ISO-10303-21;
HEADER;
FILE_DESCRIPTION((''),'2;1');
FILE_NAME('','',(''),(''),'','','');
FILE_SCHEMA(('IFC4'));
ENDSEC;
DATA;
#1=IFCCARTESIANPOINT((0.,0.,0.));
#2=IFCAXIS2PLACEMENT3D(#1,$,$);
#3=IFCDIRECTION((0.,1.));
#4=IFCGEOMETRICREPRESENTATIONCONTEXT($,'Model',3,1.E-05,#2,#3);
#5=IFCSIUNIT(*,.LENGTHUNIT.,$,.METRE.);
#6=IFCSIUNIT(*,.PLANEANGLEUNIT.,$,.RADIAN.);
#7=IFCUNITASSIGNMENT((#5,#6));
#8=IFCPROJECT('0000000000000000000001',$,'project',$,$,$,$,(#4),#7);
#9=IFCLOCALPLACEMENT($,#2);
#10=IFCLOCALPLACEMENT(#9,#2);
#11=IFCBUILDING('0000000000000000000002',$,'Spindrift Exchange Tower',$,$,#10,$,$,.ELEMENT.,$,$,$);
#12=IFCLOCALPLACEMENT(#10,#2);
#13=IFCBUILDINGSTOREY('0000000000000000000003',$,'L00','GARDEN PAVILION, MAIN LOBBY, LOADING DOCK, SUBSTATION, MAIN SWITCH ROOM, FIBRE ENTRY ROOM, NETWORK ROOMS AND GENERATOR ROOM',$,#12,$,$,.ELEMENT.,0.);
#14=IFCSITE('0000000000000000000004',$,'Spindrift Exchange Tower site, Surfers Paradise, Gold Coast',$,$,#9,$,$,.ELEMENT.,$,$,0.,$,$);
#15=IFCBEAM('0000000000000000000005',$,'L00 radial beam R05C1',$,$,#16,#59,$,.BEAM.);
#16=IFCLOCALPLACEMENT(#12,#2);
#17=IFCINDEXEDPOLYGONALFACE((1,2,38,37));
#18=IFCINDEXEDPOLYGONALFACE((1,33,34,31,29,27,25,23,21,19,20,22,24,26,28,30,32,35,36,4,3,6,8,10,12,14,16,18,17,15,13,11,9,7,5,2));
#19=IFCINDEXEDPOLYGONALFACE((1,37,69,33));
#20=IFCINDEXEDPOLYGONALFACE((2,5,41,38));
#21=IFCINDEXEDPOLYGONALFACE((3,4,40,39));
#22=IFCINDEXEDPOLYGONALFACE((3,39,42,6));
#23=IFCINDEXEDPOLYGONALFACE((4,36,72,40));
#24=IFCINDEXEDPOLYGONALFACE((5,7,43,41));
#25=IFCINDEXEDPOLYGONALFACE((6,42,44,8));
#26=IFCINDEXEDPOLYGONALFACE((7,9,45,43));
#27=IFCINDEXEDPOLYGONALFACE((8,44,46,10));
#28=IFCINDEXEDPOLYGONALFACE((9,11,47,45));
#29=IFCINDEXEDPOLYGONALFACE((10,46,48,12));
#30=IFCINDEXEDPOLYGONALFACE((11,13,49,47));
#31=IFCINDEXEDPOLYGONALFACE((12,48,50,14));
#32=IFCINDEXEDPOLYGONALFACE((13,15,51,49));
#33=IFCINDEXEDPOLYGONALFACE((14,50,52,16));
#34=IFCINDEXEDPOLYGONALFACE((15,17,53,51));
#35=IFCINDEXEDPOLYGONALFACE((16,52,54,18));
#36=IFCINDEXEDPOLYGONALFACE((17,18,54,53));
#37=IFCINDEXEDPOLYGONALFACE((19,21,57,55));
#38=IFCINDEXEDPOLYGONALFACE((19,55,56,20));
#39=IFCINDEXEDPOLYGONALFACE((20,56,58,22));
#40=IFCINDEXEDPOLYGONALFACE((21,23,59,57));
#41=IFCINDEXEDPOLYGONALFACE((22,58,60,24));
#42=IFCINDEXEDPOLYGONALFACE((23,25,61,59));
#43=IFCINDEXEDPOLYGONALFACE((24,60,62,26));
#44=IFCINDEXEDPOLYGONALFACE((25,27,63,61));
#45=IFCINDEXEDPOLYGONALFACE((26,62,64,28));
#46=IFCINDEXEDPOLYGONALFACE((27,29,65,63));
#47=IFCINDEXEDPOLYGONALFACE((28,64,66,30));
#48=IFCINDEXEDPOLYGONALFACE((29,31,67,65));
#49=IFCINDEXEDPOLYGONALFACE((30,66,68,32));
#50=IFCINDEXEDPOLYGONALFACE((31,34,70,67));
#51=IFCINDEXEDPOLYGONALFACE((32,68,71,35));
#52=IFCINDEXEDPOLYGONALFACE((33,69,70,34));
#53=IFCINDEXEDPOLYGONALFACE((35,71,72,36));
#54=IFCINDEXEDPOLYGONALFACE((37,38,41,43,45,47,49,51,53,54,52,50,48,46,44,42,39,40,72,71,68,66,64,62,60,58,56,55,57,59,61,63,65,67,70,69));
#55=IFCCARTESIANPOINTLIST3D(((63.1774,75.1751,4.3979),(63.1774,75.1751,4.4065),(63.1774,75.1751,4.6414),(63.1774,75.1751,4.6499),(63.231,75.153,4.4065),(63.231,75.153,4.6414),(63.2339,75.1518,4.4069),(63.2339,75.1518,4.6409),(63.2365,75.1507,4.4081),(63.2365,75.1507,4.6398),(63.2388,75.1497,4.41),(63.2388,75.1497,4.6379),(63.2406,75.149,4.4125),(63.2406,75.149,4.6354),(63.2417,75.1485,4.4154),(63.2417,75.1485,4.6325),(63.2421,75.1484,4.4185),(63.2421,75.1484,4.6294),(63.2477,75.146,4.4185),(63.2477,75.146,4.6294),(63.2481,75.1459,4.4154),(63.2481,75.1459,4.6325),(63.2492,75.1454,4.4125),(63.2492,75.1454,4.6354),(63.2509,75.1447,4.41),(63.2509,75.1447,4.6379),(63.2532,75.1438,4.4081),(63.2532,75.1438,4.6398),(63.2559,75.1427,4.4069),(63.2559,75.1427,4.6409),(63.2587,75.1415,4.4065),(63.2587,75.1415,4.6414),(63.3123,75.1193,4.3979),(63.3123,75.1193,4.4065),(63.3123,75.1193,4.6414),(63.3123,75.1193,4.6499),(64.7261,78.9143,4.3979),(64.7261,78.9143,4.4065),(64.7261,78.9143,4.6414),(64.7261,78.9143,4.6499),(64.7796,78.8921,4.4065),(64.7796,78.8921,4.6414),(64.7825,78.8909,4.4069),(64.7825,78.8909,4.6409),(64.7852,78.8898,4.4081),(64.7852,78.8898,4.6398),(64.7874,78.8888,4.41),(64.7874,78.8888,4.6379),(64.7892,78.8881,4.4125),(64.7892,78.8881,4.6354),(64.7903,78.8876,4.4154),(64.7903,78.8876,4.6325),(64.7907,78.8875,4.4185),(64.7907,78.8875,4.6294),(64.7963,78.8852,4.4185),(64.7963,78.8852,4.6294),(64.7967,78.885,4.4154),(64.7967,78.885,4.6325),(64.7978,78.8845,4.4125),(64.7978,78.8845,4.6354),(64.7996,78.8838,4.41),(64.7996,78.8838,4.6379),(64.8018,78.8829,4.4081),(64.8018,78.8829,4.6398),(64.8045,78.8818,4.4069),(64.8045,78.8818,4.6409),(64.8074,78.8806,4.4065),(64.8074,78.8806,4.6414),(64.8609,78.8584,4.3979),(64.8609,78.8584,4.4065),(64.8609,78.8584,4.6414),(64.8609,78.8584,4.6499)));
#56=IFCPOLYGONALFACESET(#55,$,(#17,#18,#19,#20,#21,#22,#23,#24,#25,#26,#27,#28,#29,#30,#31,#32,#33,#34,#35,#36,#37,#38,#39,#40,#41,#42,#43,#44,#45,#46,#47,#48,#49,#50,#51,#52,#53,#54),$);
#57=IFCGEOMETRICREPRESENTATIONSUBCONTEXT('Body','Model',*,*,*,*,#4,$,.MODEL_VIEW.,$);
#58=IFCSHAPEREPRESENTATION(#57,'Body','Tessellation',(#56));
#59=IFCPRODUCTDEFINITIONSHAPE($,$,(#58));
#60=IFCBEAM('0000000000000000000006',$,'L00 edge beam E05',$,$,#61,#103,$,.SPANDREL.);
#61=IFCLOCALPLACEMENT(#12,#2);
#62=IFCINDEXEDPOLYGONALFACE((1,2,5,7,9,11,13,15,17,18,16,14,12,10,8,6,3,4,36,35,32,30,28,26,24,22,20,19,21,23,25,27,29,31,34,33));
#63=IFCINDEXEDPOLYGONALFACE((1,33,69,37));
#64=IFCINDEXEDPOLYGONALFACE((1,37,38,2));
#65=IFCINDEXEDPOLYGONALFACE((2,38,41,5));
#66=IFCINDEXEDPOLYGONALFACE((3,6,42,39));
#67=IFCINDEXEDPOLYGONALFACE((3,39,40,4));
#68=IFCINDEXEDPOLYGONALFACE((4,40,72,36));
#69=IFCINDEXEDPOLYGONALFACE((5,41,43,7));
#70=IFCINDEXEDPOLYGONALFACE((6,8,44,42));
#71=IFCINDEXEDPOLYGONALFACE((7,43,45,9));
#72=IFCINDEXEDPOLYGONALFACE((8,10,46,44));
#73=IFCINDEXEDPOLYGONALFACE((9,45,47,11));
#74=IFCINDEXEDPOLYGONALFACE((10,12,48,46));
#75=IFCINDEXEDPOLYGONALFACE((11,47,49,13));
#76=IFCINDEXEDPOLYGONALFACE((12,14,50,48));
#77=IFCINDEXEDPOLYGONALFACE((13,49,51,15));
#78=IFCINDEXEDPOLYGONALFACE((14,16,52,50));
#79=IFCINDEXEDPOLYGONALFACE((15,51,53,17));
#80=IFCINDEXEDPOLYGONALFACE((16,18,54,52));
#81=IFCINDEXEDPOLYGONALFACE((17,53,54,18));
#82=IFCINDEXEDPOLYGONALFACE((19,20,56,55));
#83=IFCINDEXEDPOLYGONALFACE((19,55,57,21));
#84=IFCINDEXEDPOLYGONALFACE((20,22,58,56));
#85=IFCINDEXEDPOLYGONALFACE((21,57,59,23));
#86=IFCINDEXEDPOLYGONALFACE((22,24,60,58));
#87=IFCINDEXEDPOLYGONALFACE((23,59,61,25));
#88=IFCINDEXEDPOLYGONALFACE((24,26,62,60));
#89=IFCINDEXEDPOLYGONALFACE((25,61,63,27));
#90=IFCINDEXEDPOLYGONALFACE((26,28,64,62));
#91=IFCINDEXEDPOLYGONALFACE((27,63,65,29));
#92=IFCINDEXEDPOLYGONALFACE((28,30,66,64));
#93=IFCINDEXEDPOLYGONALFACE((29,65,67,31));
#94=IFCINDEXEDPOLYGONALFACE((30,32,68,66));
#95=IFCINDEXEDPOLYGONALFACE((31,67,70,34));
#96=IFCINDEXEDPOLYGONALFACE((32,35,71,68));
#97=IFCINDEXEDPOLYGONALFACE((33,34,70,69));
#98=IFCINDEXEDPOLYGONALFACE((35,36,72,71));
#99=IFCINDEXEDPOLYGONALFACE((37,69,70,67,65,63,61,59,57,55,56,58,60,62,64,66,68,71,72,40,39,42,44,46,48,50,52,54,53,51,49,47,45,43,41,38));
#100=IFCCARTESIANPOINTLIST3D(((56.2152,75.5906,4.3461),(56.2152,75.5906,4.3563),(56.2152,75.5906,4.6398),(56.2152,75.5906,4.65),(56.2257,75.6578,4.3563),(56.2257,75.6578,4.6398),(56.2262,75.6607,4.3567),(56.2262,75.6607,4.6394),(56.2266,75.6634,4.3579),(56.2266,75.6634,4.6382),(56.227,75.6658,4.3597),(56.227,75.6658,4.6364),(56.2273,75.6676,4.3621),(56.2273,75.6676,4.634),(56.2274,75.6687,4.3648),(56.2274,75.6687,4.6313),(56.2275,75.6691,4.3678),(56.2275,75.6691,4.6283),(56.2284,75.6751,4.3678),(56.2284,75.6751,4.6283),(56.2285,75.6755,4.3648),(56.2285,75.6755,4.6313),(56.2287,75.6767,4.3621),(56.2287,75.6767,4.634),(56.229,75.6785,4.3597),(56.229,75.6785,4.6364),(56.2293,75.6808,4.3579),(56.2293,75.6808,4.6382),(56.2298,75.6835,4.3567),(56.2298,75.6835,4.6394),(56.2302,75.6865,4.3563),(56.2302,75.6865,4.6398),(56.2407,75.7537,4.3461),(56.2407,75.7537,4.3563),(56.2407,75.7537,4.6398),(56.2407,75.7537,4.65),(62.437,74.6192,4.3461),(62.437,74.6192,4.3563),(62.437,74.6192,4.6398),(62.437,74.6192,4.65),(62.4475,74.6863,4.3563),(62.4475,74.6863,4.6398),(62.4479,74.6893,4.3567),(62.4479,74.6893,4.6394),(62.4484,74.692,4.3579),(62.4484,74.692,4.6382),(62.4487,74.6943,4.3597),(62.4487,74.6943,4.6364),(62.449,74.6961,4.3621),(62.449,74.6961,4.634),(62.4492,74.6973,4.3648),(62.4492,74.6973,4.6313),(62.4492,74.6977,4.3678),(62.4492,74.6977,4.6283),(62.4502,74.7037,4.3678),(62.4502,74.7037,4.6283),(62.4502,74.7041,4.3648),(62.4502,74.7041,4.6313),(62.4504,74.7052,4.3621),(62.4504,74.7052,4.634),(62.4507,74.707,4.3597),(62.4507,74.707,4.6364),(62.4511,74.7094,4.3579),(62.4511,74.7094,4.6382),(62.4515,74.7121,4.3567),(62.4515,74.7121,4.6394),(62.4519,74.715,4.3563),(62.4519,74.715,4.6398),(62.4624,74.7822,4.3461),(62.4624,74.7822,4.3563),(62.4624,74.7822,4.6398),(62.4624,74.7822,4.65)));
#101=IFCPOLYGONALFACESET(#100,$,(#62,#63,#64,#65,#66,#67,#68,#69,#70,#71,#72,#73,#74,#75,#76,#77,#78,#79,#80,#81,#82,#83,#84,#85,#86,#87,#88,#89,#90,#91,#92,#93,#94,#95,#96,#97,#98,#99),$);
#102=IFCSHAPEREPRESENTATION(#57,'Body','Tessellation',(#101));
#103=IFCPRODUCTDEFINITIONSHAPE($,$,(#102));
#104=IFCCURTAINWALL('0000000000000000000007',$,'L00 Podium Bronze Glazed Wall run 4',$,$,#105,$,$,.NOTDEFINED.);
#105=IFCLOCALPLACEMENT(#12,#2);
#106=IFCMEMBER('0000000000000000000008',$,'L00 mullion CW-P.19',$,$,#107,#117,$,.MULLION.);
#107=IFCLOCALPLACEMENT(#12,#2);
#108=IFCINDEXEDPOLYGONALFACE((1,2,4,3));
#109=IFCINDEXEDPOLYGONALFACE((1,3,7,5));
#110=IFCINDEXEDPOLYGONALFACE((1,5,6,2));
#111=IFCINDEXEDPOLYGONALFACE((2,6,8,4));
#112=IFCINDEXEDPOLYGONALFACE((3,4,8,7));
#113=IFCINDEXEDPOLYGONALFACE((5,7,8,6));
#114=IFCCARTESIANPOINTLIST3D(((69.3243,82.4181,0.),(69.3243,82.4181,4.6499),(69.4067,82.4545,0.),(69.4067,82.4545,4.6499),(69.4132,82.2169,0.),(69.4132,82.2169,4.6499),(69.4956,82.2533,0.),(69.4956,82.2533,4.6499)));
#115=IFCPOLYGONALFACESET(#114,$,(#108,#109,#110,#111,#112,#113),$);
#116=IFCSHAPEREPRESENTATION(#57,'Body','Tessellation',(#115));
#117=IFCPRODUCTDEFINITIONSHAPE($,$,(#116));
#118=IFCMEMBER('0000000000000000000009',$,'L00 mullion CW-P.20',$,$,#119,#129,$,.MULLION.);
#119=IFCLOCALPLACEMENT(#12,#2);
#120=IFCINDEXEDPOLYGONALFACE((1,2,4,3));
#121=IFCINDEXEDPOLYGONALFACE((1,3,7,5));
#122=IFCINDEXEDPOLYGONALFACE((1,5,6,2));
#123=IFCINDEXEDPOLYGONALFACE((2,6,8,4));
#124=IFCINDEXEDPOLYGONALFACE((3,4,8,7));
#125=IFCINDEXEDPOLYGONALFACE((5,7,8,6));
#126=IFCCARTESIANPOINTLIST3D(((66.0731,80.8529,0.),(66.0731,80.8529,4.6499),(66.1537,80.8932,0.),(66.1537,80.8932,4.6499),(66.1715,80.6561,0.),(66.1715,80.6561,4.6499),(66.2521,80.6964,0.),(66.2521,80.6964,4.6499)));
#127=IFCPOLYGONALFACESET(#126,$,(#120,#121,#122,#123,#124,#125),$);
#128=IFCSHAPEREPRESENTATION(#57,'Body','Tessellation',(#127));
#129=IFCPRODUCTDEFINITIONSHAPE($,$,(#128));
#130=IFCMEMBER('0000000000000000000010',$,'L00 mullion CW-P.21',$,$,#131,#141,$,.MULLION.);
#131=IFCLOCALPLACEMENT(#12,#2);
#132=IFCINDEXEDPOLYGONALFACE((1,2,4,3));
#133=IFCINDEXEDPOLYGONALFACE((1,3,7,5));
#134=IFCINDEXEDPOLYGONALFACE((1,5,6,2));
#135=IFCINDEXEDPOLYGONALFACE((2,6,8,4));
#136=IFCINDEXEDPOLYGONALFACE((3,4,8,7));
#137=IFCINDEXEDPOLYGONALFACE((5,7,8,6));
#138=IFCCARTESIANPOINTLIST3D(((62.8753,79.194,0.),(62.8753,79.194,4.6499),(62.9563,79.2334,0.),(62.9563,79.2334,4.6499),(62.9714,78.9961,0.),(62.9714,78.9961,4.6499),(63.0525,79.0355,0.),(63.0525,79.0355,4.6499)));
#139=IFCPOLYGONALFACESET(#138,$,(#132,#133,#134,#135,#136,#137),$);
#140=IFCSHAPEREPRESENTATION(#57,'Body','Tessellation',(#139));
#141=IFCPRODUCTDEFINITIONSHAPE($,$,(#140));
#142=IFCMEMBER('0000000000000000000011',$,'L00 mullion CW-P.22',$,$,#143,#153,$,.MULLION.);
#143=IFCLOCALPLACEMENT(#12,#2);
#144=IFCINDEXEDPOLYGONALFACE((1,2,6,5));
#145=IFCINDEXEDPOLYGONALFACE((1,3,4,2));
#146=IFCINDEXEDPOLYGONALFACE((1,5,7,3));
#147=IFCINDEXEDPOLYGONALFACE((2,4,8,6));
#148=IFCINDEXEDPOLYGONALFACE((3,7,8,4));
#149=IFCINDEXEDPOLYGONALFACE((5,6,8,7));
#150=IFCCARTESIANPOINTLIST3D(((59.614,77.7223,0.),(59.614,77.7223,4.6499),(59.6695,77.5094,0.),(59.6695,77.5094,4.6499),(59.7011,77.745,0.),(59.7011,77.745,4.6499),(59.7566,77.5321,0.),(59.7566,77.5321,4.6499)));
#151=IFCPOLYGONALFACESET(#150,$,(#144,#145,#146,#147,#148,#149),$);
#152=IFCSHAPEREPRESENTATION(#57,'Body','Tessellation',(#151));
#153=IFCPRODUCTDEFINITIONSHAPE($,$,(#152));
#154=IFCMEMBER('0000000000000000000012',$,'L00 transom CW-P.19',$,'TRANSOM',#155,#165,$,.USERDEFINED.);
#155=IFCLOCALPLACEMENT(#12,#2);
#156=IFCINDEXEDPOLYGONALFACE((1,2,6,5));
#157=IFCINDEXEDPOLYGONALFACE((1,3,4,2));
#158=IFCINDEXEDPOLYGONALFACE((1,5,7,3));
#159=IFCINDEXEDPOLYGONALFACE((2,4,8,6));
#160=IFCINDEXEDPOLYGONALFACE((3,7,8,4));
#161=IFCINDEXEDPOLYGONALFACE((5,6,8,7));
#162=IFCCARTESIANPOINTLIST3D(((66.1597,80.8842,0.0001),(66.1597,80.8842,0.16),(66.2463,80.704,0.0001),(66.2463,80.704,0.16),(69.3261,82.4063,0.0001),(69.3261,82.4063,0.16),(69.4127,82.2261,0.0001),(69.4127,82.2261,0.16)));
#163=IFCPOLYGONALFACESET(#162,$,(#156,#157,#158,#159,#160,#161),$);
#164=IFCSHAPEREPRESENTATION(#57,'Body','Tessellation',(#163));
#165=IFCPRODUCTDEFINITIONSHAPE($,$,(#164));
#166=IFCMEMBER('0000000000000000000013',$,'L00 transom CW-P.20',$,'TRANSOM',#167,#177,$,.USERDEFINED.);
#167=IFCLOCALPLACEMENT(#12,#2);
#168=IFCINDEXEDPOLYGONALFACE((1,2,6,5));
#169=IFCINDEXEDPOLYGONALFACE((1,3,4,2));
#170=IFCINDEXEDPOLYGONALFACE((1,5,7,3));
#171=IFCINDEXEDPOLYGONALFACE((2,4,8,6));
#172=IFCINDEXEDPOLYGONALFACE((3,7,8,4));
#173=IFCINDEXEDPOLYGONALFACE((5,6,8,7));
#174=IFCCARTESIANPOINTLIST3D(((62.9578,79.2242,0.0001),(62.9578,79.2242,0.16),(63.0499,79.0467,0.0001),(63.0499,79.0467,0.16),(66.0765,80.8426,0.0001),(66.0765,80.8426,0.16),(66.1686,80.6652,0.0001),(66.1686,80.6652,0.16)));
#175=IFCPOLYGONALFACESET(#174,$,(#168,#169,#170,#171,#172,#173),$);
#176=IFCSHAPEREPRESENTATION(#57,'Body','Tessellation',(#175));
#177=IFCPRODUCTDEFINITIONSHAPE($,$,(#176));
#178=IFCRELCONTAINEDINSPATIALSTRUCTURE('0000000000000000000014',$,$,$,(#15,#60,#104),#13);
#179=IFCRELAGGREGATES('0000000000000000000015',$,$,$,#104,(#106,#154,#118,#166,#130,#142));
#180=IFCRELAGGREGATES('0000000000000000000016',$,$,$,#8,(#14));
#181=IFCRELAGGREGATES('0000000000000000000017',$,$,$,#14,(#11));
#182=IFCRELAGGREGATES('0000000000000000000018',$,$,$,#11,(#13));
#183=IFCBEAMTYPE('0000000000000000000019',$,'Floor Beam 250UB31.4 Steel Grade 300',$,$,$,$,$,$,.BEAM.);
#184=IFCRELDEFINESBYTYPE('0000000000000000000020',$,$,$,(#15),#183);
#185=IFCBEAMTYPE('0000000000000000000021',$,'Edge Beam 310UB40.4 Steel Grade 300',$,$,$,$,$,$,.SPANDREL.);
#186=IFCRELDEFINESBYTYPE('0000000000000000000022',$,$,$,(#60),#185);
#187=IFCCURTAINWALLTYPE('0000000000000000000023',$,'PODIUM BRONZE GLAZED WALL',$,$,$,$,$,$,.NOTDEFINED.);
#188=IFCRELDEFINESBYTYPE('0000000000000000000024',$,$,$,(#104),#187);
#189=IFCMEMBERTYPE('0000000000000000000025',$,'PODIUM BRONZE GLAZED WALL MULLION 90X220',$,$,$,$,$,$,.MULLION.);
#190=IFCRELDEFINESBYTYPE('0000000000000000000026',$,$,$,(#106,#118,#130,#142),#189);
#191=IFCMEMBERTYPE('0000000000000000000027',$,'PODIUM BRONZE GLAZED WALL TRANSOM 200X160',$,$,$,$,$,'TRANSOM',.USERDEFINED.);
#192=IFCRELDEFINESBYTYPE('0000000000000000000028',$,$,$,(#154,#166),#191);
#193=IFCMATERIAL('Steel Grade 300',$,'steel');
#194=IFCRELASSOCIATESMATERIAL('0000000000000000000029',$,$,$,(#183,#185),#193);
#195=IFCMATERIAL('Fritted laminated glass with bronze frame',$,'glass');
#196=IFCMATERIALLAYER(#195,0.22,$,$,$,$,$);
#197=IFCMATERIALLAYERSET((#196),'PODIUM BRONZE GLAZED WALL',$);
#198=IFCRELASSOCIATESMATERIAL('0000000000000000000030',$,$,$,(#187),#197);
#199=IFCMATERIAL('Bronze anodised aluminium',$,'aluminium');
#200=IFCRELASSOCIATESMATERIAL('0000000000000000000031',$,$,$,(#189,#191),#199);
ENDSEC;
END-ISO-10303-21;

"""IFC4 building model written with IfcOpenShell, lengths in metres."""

from ifc_helpers import new_model, si_unit, direction, frame, origin, origin_2d, place, context, subcontext, project, spatial, rectangle, i_section, extrude, source, transform, mapped, material, layer, layer_set, material_profile, profile_set, type_object, element, aggregate, save


model = new_model("IFC4")

# Units and contexts
model_context = context("Model", 3, precision=1e-05, world=origin(), true_north=direction((0.0, 1.0)))
body_context = subcontext(model_context, "Body", "Model", "MODEL_VIEW")
ifc_project = project(units=[si_unit("LENGTHUNIT", "METRE"), si_unit("PLANEANGLEUNIT", "RADIAN")], contexts=[model_context])

# Site, building, storey
site_placement = place(None, origin())
site = spatial("IfcSite", under=ifc_project, at=site_placement, Name="Spindrift Exchange Tower site, Surfers Paradise, Gold Coast", CompositionType="ELEMENT", RefElevation=0.0)
building_placement = place(site_placement, origin())
building = spatial("IfcBuilding", under=site, at=building_placement, Name="Spindrift Exchange Tower", CompositionType="ELEMENT")
storey_placement = place(building_placement, origin())
storey = spatial("IfcBuildingStorey", under=building, at=storey_placement, Name="L00", Description="GARDEN PAVILION, MAIN LOBBY, LOADING DOCK, SUBSTATION, MAIN SWITCH ROOM, FIBRE ENTRY ROOM, NETWORK ROOMS AND GENERATOR ROOM", CompositionType="ELEMENT", Elevation=0.0)

# Beams
ifc_material_1 = material(Name="Steel Grade 300", Category="steel")
ifc_material_profile_1 = material_profile(ifc_material_1, i_section(OverallWidth=0.146, OverallDepth=0.252, WebThickness=0.0061, FlangeThickness=0.0085, FilletRadius=0.012, at=origin_2d()), Name="250UB31.4")
ifc_profile_set_1 = profile_set([ifc_material_profile_1], Name="Steel Grade 300")
beam_type_1 = type_object("IfcBeamType", Name="Floor Beam 250UB31.4 Steel Grade 300", PredefinedType="BEAM", material=ifc_profile_set_1)
shared_shape_1 = source(origin(), body_context, "Body", "SweptSolid", [
    extrude(i_section(OverallWidth=0.146, OverallDepth=0.252, WebThickness=0.0061, FlangeThickness=0.0085, FilletRadius=0.012, at=origin_2d()), origin(), (0.0, 0.0, 1.0), 4.0471),
])
beam_1_placement = place(storey_placement, frame((63.2449, 75.1472, 4.5239), z_axis=(0.382648, 0.923894, 0.0), x_axis=(-0.923894, 0.382648, 0.0)))
element("IfcBeam", 1, at=beam_1_placement, inside=storey, type_object=beam_type_1, Name="L00 radial beam R05C1", PredefinedType="BEAM", context=body_context, shape_type="MappedRepresentation", body=[
    mapped(shared_shape_1, transform((0.0, 0.0, 0.0), scale=1.0)),
])
ifc_material_profile_2 = material_profile(ifc_material_1, i_section(OverallWidth=0.165, OverallDepth=0.304, WebThickness=0.0061, FlangeThickness=0.0103, FilletRadius=0.0115, at=origin_2d()), Name="310UB40.4")
ifc_profile_set_2 = profile_set([ifc_material_profile_2], Name="Steel Grade 300")
beam_type_2 = type_object("IfcBeamType", Name="Edge Beam 310UB40.4 Steel Grade 300", PredefinedType="SPANDREL", material=ifc_profile_set_2)
shared_shape_2 = source(origin(), body_context, "Body", "SweptSolid", [
    extrude(i_section(OverallWidth=0.165, OverallDepth=0.304, WebThickness=0.0061, FlangeThickness=0.0103, FilletRadius=0.0115, at=origin_2d()), origin(), (0.0, 0.0, 1.0), 6.2971),
])
beam_2_placement = place(storey_placement, frame((62.4497, 74.7007, 4.498), z_axis=(-0.988029, 0.154268, 0.0), x_axis=(-0.154268, -0.988029, 0.0)))
element("IfcBeam", 2, at=beam_2_placement, inside=storey, type_object=beam_type_2, Name="L00 edge beam E05", PredefinedType="SPANDREL", context=body_context, shape_type="MappedRepresentation", body=[
    mapped(shared_shape_2, transform((0.0, 0.0, 0.0), scale=1.0)),
])

# Curtain wall, members
ifc_material_2 = material(Name="Fritted laminated glass with bronze frame", Category="glass")
ifc_layer_1 = layer(ifc_material_2, 0.22)
ifc_layer_set_1 = layer_set([ifc_layer_1], Name="PODIUM BRONZE GLAZED WALL")
curtain_wall_type = type_object("IfcCurtainWallType", Name="PODIUM BRONZE GLAZED WALL", PredefinedType="NOTDEFINED", material=ifc_layer_set_1)
curtain_wall_1_placement = place(storey_placement, origin())
curtain_wall_1 = element("IfcCurtainWall", 3, at=curtain_wall_1_placement, inside=storey, type_object=curtain_wall_type, Name="L00 Podium Bronze Glazed Wall run 4", PredefinedType="NOTDEFINED")
ifc_material_3 = material(Name="Bronze anodised aluminium", Category="aluminium")
ifc_material_profile_3 = material_profile(ifc_material_3, rectangle(XDim=0.0901, YDim=0.22, at=origin_2d()), Name="PODIUM BRONZE GLAZED WALL MULLION 90X220")
ifc_profile_set_3 = profile_set([ifc_material_profile_3], Name="Bronze anodised aluminium")
member_type_1 = type_object("IfcMemberType", Name="PODIUM BRONZE GLAZED WALL MULLION 90X220", PredefinedType="MULLION", material=ifc_profile_set_3)
shared_shape_3 = source(origin(), body_context, "Body", "SweptSolid", [
    extrude(rectangle(XDim=0.0901, YDim=0.22, at=origin_2d()), origin(), (0.0, 0.0, 1.0), 4.6499),
])
member_1_placement = place(storey_placement, frame((69.4099, 82.3357, 0.0), z_axis=(0.0, 0.0, 1.0), x_axis=(-0.91469, -0.404157, 0.0)))
member_1 = element("IfcMember", 4, at=member_1_placement, type_object=member_type_1, Name="L00 mullion CW-P.19", PredefinedType="MULLION", context=body_context, shape_type="MappedRepresentation", body=[
    mapped(shared_shape_3, transform((0.0, 0.0, 0.0), scale=1.0)),
])
member_2_placement = place(storey_placement, frame((66.1626, 80.7747, 0.0), z_axis=(0.0, 0.0, 1.0), x_axis=(-0.894553, -0.446963, 0.0)))
member_2 = element("IfcMember", 5, at=member_2_placement, type_object=member_type_1, Name="L00 mullion CW-P.20", PredefinedType="MULLION", context=body_context, shape_type="MappedRepresentation", body=[
    mapped(shared_shape_3, transform((0.0, 0.0, 0.0), scale=1.0)),
])
member_3_placement = place(storey_placement, frame((62.9639, 79.1147, 0.0), z_axis=(0.0, 0.0, 1.0), x_axis=(-0.89943, -0.437065, 0.0)))
member_3 = element("IfcMember", 6, at=member_3_placement, type_object=member_type_1, Name="L00 mullion CW-P.21", PredefinedType="MULLION", context=body_context, shape_type="MappedRepresentation", body=[
    mapped(shared_shape_3, transform((0.0, 0.0, 0.0), scale=1.0)),
])
member_4_placement = place(storey_placement, frame((59.6853, 77.6272, 0.0), z_axis=(0.0, 0.0, 1.0), x_axis=(-0.967643, -0.252324, 0.0)))
member_4 = element("IfcMember", 7, at=member_4_placement, type_object=member_type_1, Name="L00 mullion CW-P.22", PredefinedType="MULLION", context=body_context, shape_type="MappedRepresentation", body=[
    mapped(shared_shape_3, transform((0.0, 0.0, 0.0), scale=1.0)),
])
ifc_material_profile_4 = material_profile(ifc_material_3, rectangle(XDim=0.2, YDim=0.1599, at=origin_2d()), Name="PODIUM BRONZE GLAZED WALL TRANSOM 200X160")
ifc_profile_set_4 = profile_set([ifc_material_profile_4], Name="Bronze anodised aluminium")
member_type_2 = type_object("IfcMemberType", Name="PODIUM BRONZE GLAZED WALL TRANSOM 200X160", ElementType="TRANSOM", PredefinedType="USERDEFINED", material=ifc_profile_set_4)
shared_shape_4 = source(origin(), body_context, "Body", "SweptSolid", [
    extrude(rectangle(XDim=0.2, YDim=0.1599, at=origin_2d()), origin(), (0.0, 0.0, 1.0), 3.5132),
])
member_5_placement = place(storey_placement, frame((69.3694, 82.3162, 0.0801), z_axis=(-0.901282, -0.433233, 0.0), x_axis=(0.433233, -0.901282, 0.0)))
member_5 = element("IfcMember", 8, at=member_5_placement, type_object=member_type_2, Name="L00 transom CW-P.19", ObjectType="TRANSOM", PredefinedType="USERDEFINED", context=body_context, shape_type="MappedRepresentation", body=[
    mapped(shared_shape_4, transform((0.0, 0.0, 0.0), scale=1.0)),
])
shared_shape_5 = source(origin(), body_context, "Body", "SweptSolid", [
    extrude(rectangle(XDim=0.2, YDim=0.1599, at=origin_2d()), origin(), (0.0, 0.0, 1.0), 3.5137),
])
member_6_placement = place(storey_placement, frame((66.1226, 80.7539, 0.0801), z_axis=(-0.8876, -0.460615, 0.0), x_axis=(0.460615, -0.8876, 0.0)))
member_6 = element("IfcMember", 9, at=member_6_placement, type_object=member_type_2, Name="L00 transom CW-P.20", ObjectType="TRANSOM", PredefinedType="USERDEFINED", context=body_context, shape_type="MappedRepresentation", body=[
    mapped(shared_shape_5, transform((0.0, 0.0, 0.0), scale=1.0)),
])

aggregate(curtain_wall_1, [member_1, member_5, member_2, member_6, member_3, member_4])

save(model, "model.ifc")
